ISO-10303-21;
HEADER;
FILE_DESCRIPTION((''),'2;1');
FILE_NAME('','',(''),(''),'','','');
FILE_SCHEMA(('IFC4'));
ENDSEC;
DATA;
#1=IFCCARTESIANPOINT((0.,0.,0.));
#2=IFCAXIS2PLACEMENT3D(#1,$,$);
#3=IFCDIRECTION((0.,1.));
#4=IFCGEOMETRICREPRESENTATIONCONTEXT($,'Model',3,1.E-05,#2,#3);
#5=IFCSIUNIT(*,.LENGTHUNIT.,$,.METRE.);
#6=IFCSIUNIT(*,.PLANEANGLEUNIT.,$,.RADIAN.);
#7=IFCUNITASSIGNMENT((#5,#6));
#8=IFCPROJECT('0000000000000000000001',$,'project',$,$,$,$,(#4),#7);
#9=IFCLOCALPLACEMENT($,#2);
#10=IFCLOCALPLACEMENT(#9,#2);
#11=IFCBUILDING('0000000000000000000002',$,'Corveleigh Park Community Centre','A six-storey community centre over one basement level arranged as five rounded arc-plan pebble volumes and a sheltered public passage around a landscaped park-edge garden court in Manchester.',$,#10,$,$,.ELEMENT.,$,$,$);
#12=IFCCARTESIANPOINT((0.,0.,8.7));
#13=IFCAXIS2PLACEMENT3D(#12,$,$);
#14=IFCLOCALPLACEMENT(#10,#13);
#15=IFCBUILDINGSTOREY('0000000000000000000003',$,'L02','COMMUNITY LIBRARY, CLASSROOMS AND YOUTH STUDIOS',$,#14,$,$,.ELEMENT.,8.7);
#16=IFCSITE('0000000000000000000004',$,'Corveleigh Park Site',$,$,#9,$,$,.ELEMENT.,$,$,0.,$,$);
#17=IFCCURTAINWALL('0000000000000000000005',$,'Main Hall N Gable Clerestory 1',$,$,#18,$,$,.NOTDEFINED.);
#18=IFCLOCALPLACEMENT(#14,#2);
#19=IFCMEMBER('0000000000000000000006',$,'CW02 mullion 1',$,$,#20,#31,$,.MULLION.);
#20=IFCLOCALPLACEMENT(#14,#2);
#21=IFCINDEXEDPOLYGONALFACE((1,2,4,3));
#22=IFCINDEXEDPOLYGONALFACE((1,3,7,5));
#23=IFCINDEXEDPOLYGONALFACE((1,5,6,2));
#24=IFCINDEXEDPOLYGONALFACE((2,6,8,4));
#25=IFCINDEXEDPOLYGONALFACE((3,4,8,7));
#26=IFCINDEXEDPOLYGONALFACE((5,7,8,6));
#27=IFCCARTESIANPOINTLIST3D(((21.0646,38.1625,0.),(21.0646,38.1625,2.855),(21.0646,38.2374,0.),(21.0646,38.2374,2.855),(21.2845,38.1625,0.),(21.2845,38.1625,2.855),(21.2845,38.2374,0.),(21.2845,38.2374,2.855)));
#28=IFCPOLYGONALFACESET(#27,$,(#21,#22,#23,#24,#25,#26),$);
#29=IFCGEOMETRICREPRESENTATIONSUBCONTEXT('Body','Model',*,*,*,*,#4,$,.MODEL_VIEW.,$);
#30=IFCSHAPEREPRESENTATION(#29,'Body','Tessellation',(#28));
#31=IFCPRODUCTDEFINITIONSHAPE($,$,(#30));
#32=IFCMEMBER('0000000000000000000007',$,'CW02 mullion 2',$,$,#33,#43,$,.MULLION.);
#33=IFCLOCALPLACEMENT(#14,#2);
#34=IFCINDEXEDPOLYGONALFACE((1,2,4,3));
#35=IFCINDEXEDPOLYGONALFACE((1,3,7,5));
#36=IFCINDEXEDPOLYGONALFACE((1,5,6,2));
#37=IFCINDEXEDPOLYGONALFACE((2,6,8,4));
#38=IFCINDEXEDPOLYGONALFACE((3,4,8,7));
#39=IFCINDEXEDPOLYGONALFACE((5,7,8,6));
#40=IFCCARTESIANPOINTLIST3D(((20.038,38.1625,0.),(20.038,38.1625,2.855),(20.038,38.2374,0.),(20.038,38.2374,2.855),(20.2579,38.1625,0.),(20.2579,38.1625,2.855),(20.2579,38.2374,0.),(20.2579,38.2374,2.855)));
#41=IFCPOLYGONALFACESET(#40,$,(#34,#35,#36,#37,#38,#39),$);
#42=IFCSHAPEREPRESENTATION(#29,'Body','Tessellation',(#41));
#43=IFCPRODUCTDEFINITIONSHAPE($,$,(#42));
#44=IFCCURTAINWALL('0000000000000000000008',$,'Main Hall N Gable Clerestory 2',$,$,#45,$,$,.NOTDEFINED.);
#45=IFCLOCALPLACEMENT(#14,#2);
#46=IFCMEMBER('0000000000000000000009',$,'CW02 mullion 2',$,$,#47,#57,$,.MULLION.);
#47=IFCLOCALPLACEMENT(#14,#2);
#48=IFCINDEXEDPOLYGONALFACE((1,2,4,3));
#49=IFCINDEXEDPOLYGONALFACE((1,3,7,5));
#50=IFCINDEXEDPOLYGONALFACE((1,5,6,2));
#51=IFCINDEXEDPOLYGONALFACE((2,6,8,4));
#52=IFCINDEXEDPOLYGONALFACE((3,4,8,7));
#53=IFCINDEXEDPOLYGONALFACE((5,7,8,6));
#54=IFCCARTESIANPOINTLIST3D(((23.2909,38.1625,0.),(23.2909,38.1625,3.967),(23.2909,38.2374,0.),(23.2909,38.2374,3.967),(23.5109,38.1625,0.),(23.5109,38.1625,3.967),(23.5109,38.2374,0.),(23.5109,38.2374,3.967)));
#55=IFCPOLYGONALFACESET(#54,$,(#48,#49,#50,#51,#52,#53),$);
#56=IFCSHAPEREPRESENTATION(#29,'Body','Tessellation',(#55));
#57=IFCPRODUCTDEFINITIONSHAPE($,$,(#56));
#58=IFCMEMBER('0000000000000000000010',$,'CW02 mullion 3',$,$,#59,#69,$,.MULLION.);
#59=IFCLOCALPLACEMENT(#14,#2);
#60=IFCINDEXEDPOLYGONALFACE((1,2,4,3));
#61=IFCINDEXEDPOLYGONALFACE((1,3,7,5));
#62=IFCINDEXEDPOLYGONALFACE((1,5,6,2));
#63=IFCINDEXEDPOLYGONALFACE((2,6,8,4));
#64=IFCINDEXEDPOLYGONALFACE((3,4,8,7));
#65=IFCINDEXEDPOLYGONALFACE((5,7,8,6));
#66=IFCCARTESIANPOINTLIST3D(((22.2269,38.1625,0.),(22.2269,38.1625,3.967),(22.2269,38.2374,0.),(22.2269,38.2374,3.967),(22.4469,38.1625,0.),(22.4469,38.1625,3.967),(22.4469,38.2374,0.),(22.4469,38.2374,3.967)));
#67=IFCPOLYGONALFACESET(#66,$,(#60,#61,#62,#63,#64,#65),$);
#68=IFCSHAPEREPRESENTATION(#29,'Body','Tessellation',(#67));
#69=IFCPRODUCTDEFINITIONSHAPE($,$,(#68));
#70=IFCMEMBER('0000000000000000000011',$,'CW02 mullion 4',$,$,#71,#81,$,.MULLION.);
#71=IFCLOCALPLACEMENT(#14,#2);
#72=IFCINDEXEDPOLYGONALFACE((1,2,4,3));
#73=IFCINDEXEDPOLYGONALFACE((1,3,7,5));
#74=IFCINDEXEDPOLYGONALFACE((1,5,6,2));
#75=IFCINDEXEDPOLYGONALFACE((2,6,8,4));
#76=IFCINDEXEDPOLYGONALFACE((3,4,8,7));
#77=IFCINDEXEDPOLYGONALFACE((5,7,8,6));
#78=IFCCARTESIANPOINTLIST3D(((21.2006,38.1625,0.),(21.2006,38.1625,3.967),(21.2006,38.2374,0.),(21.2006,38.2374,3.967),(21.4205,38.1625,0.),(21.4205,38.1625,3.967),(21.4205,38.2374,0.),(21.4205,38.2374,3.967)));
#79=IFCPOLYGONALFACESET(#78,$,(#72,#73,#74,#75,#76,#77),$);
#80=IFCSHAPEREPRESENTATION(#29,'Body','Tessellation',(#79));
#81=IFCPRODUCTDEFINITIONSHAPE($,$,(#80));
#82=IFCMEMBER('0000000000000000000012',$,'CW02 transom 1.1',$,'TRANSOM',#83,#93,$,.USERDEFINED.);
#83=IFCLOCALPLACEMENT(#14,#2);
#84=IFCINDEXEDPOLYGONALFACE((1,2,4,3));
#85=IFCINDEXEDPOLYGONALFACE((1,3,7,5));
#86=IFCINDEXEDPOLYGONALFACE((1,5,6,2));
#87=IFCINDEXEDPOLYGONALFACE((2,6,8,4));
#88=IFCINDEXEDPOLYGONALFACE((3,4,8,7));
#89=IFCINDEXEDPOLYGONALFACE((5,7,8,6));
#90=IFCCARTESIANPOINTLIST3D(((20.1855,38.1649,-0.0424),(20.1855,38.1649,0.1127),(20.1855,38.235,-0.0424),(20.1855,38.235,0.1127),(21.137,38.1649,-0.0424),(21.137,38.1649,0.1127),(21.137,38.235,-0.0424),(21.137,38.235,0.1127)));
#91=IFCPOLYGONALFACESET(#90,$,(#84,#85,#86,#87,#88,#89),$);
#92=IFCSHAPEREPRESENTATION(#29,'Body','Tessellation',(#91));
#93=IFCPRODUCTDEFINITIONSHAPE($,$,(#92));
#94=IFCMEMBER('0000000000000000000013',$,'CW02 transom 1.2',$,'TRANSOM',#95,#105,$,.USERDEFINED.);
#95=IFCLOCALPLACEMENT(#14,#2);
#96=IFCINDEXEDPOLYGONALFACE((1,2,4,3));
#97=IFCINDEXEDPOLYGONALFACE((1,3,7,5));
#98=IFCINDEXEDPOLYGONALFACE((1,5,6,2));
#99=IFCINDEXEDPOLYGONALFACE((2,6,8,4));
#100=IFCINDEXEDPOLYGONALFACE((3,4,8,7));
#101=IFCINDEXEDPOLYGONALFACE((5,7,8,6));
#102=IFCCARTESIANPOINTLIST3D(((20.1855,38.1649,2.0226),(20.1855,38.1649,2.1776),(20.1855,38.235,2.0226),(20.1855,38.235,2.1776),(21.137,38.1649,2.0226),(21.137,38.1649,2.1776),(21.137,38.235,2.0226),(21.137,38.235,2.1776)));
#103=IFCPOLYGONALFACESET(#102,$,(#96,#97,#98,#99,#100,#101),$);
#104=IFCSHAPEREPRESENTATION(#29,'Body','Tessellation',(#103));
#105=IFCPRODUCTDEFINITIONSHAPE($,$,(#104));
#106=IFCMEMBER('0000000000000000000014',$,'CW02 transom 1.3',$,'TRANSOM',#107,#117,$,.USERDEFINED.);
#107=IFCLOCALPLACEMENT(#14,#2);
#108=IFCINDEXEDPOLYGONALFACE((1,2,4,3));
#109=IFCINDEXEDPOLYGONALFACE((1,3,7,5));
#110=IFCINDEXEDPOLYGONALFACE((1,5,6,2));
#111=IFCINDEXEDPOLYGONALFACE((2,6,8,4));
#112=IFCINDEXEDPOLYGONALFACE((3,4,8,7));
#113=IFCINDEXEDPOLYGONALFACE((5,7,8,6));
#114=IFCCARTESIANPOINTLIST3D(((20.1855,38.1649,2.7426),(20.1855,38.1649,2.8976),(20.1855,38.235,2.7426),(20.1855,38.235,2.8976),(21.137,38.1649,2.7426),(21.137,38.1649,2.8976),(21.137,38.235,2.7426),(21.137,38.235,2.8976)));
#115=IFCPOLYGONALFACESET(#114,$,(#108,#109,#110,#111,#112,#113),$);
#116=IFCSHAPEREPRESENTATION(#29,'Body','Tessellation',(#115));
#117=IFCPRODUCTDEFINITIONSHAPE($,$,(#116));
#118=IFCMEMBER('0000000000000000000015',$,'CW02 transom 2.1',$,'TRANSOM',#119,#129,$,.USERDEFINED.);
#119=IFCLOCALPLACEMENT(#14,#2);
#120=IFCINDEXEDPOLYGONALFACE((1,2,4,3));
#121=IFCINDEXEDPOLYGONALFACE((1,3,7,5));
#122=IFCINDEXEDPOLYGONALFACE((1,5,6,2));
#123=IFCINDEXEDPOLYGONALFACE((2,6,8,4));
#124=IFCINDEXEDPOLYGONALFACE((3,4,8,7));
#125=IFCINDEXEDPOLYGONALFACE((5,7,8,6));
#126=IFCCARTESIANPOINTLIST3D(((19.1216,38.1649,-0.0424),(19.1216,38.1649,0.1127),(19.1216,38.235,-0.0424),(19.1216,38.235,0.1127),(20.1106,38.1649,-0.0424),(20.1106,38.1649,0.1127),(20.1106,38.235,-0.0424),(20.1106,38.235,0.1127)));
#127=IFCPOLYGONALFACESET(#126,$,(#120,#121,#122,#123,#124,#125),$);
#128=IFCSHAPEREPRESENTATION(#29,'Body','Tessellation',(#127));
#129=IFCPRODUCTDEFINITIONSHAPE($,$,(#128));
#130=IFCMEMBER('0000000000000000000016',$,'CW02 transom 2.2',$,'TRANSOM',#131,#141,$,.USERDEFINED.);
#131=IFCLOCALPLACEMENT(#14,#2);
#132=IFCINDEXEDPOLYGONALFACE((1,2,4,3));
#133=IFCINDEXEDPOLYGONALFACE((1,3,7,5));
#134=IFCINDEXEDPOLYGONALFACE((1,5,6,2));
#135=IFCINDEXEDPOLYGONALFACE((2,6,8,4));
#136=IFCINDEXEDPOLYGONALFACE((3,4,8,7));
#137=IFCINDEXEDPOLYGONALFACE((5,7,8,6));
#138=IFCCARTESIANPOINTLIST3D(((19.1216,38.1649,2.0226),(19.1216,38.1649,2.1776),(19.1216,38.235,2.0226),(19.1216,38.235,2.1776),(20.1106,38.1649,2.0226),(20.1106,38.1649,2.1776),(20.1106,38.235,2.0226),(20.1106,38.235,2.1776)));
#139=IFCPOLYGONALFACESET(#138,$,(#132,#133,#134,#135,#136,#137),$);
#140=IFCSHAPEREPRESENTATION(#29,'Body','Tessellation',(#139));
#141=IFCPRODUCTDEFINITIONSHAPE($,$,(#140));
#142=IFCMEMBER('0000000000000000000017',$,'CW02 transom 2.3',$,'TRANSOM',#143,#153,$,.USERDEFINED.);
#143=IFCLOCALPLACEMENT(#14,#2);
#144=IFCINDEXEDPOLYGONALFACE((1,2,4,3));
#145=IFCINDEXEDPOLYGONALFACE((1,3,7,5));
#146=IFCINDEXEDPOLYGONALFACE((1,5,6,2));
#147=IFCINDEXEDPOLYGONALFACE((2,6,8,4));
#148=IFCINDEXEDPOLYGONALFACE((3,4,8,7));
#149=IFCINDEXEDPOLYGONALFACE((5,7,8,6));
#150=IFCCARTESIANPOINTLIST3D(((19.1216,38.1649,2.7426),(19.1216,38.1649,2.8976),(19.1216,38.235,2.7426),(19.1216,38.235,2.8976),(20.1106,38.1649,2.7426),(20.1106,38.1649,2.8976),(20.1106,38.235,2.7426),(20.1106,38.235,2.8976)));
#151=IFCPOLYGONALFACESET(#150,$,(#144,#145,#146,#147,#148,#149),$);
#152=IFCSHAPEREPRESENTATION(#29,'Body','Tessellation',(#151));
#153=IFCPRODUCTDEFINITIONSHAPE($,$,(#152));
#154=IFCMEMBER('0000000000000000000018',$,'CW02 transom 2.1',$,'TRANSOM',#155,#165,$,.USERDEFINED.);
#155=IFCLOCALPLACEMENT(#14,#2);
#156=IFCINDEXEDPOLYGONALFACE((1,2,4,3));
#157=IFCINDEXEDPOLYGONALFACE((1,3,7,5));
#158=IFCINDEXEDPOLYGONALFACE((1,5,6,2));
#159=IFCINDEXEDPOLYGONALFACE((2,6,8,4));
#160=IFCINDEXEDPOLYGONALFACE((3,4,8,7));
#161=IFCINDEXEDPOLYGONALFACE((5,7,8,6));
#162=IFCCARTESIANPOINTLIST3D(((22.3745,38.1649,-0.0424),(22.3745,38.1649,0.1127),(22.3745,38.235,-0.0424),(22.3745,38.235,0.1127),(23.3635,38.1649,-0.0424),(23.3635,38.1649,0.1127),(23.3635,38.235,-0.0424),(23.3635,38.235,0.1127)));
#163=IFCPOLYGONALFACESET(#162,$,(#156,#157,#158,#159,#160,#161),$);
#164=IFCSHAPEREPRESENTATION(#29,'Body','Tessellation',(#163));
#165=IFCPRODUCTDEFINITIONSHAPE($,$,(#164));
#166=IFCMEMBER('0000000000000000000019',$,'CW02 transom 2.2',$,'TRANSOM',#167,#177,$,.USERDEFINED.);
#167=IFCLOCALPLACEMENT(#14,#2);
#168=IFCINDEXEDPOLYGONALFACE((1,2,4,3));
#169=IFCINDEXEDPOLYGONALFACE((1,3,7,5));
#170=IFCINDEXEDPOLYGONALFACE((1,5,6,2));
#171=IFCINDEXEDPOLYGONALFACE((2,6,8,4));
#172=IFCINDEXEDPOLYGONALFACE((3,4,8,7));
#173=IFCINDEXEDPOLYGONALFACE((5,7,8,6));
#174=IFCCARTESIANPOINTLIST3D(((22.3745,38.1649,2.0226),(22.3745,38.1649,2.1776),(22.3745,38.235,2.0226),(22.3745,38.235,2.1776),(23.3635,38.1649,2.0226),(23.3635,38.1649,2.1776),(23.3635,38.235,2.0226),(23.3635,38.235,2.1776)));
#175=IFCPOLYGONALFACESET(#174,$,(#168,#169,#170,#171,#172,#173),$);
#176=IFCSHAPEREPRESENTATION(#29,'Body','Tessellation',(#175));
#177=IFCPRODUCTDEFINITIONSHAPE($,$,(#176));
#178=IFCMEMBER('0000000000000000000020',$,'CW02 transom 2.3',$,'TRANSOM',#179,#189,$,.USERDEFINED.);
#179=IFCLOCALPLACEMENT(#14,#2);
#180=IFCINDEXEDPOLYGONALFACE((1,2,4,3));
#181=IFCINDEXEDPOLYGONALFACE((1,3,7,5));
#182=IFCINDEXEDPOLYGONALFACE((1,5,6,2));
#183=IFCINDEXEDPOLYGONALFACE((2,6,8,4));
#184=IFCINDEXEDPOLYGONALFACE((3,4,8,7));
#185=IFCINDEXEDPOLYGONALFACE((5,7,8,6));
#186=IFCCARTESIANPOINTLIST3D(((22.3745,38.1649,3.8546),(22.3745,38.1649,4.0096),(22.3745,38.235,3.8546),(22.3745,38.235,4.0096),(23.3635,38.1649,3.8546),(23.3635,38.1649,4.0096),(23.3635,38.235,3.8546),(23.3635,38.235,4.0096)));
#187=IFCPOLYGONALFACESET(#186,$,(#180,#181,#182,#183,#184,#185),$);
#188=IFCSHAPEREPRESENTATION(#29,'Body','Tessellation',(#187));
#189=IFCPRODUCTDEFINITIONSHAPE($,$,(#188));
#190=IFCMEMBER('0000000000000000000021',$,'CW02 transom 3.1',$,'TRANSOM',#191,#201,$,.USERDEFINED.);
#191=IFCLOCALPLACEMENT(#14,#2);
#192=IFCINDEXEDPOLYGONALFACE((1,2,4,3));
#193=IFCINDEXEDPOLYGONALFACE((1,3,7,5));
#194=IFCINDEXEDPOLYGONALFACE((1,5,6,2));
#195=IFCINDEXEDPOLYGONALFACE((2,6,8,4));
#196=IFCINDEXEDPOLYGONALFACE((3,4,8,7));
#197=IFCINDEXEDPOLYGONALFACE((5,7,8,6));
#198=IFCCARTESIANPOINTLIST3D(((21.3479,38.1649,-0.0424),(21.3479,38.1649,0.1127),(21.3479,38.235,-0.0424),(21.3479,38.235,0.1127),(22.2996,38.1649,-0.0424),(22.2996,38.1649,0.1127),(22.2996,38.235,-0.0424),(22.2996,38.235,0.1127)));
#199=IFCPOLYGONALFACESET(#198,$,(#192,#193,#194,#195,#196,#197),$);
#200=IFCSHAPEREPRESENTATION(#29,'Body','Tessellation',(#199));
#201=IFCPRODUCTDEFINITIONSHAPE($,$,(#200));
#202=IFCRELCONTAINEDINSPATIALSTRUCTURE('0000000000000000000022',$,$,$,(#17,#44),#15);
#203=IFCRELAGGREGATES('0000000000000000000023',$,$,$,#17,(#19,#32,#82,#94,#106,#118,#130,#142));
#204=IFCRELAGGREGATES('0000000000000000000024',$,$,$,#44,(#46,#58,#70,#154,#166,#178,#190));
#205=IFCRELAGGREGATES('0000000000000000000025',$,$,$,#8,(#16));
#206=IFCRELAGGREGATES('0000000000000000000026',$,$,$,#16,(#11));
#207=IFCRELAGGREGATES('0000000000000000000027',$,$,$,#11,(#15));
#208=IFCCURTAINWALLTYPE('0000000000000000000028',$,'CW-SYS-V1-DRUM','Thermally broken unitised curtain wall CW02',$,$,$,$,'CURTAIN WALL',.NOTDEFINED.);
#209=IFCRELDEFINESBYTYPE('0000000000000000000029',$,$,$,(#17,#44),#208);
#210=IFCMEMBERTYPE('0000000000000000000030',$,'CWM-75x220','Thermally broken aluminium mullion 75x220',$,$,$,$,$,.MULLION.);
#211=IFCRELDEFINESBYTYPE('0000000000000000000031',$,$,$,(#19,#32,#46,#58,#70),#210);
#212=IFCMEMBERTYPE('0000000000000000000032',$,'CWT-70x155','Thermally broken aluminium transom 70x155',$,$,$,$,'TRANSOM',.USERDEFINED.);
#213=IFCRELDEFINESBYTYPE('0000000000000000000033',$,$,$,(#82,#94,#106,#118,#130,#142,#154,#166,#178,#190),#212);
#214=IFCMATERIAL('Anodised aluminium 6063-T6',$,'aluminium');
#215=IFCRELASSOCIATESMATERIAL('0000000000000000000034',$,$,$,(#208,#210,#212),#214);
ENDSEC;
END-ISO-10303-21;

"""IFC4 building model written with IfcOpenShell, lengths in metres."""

from ifc_helpers import new_model, si_unit, direction, frame, origin, origin_2d, place, context, subcontext, project, spatial, rectangle, extrude, material, material_profile, profile_set, type_object, element, aggregate, save


model = new_model("IFC4")

# Units and contexts
model_context = context("Model", 3, precision=1e-05, world=origin(), true_north=direction((0.0, 1.0)))
body_context = subcontext(model_context, "Body", "Model", "MODEL_VIEW")
ifc_project = project(units=[si_unit("LENGTHUNIT", "METRE"), si_unit("PLANEANGLEUNIT", "RADIAN")], contexts=[model_context])

# Site, building, storey
site_placement = place(None, origin())
site = spatial("IfcSite", under=ifc_project, at=site_placement, Name="Corveleigh Park Site", CompositionType="ELEMENT", RefElevation=0.0)
building_placement = place(site_placement, origin())
building = spatial("IfcBuilding", under=site, at=building_placement, Name="Corveleigh Park Community Centre", Description="A six-storey community centre over one basement level arranged as five rounded arc-plan pebble volumes and a sheltered public passage around a landscaped park-edge garden court in Manchester.", CompositionType="ELEMENT")
storey_placement = place(building_placement, frame((0.0, 0.0, 8.7)))
storey = spatial("IfcBuildingStorey", under=building, at=storey_placement, Name="L02", Description="COMMUNITY LIBRARY, CLASSROOMS AND YOUTH STUDIOS", CompositionType="ELEMENT", Elevation=8.7)

# Curtain walls, members
ifc_material_1 = material(Name="Anodised aluminium 6063-T6", Category="aluminium")
curtain_wall_type = type_object("IfcCurtainWallType", Name="CW-SYS-V1-DRUM", Description="Thermally broken unitised curtain wall CW02", ElementType="CURTAIN WALL", PredefinedType="NOTDEFINED", material=ifc_material_1)
curtain_wall_1_placement = place(storey_placement, origin())
curtain_wall_1 = element("IfcCurtainWall", 1, at=curtain_wall_1_placement, inside=storey, type_object=curtain_wall_type, Name="Main Hall N Gable Clerestory 1", PredefinedType="NOTDEFINED")
ifc_material_profile_1 = material_profile(ifc_material_1, rectangle(XDim=0.075, YDim=0.22, at=origin_2d()), Name="ALU-M75x220", Category="aluminium")
ifc_profile_set_1 = profile_set([ifc_material_profile_1], Name="Anodised aluminium 6063-T6")
member_type_1 = type_object("IfcMemberType", Name="CWM-75x220", Description="Thermally broken aluminium mullion 75x220", PredefinedType="MULLION", material=ifc_profile_set_1)
member_1_placement = place(storey_placement, frame((21.1746, 38.2, 0.0), z_axis=(0.0, 0.0, 1.0), x_axis=(0.0, -1.0, 0.0)))
member_1 = element("IfcMember", 2, at=member_1_placement, type_object=member_type_1, Name="CW02 mullion 1", PredefinedType="MULLION", context=body_context, shape_type="SweptSolid", body=[
    extrude(rectangle(XDim=0.075, YDim=0.22, at=origin_2d()), origin(), (0.0, 0.0, 1.0), 2.855),
])
member_2_placement = place(storey_placement, frame((20.1479, 38.2, 0.0), z_axis=(0.0, 0.0, 1.0), x_axis=(0.0, -1.0, 0.0)))
member_2 = element("IfcMember", 3, at=member_2_placement, type_object=member_type_1, Name="CW02 mullion 2", PredefinedType="MULLION", context=body_context, shape_type="SweptSolid", body=[
    extrude(rectangle(XDim=0.075, YDim=0.22, at=origin_2d()), origin(), (0.0, 0.0, 1.0), 2.855),
])
curtain_wall_2_placement = place(storey_placement, origin())
curtain_wall_2 = element("IfcCurtainWall", 4, at=curtain_wall_2_placement, inside=storey, type_object=curtain_wall_type, Name="Main Hall N Gable Clerestory 2", PredefinedType="NOTDEFINED")
member_3_placement = place(storey_placement, frame((23.4009, 38.2, 0.0), z_axis=(0.0, 0.0, 1.0), x_axis=(0.0, -1.0, 0.0)))
member_3 = element("IfcMember", 5, at=member_3_placement, type_object=member_type_1, Name="CW02 mullion 2", PredefinedType="MULLION", context=body_context, shape_type="SweptSolid", body=[
    extrude(rectangle(XDim=0.075, YDim=0.22, at=origin_2d()), origin(), (0.0, 0.0, 1.0), 3.967),
])
member_4_placement = place(storey_placement, frame((22.3369, 38.2, 0.0), z_axis=(0.0, 0.0, 1.0), x_axis=(0.0, -1.0, 0.0)))
member_4 = element("IfcMember", 6, at=member_4_placement, type_object=member_type_1, Name="CW02 mullion 3", PredefinedType="MULLION", context=body_context, shape_type="SweptSolid", body=[
    extrude(rectangle(XDim=0.075, YDim=0.22, at=origin_2d()), origin(), (0.0, 0.0, 1.0), 3.967),
])
member_5_placement = place(storey_placement, frame((21.3105, 38.2, 0.0), z_axis=(0.0, 0.0, 1.0), x_axis=(0.0, -1.0, 0.0)))
member_5 = element("IfcMember", 7, at=member_5_placement, type_object=member_type_1, Name="CW02 mullion 4", PredefinedType="MULLION", context=body_context, shape_type="SweptSolid", body=[
    extrude(rectangle(XDim=0.075, YDim=0.22, at=origin_2d()), origin(), (0.0, 0.0, 1.0), 3.967),
])

# Members
ifc_material_profile_2 = material_profile(ifc_material_1, rectangle(XDim=0.0701, YDim=0.155, at=origin_2d()), Name="ALU-T70x155", Category="aluminium")
ifc_profile_set_2 = profile_set([ifc_material_profile_2], Name="Anodised aluminium 6063-T6")
member_type_2 = type_object("IfcMemberType", Name="CWT-70x155", Description="Thermally broken aluminium transom 70x155", ElementType="TRANSOM", PredefinedType="USERDEFINED", material=ifc_profile_set_2)
member_6_placement = place(storey_placement, frame((21.137, 38.2, 0.0352), z_axis=(-1.0, 0.0, 0.0), x_axis=(0.0, -1.0, 0.0)))
member_6 = element("IfcMember", 8, at=member_6_placement, type_object=member_type_2, Name="CW02 transom 1.1", ObjectType="TRANSOM", PredefinedType="USERDEFINED", context=body_context, shape_type="SweptSolid", body=[
    extrude(rectangle(XDim=0.0701, YDim=0.155, at=origin_2d()), origin(), (0.0, 0.0, 1.0), 0.9514),
])
member_7_placement = place(storey_placement, frame((21.137, 38.2, 2.1001), z_axis=(-1.0, 0.0, 0.0), x_axis=(0.0, -1.0, 0.0)))
member_7 = element("IfcMember", 9, at=member_7_placement, type_object=member_type_2, Name="CW02 transom 1.2", ObjectType="TRANSOM", PredefinedType="USERDEFINED", context=body_context, shape_type="SweptSolid", body=[
    extrude(rectangle(XDim=0.0701, YDim=0.155, at=origin_2d()), origin(), (0.0, 0.0, 1.0), 0.9514),
])
member_8_placement = place(storey_placement, frame((21.137, 38.2, 2.8201), z_axis=(-1.0, 0.0, 0.0), x_axis=(0.0, -1.0, 0.0)))
member_8 = element("IfcMember", 10, at=member_8_placement, type_object=member_type_2, Name="CW02 transom 1.3", ObjectType="TRANSOM", PredefinedType="USERDEFINED", context=body_context, shape_type="SweptSolid", body=[
    extrude(rectangle(XDim=0.0701, YDim=0.155, at=origin_2d()), origin(), (0.0, 0.0, 1.0), 0.9514),
])
member_9_placement = place(storey_placement, frame((20.1106, 38.2, 0.0352), z_axis=(-1.0, 0.0, 0.0), x_axis=(0.0, -1.0, 0.0)))
member_9 = element("IfcMember", 11, at=member_9_placement, type_object=member_type_2, Name="CW02 transom 2.1", ObjectType="TRANSOM", PredefinedType="USERDEFINED", context=body_context, shape_type="SweptSolid", body=[
    extrude(rectangle(XDim=0.0701, YDim=0.155, at=origin_2d()), origin(), (0.0, 0.0, 1.0), 0.989),
])
member_10_placement = place(storey_placement, frame((20.1106, 38.2, 2.1001), z_axis=(-1.0, 0.0, 0.0), x_axis=(0.0, -1.0, 0.0)))
member_10 = element("IfcMember", 12, at=member_10_placement, type_object=member_type_2, Name="CW02 transom 2.2", ObjectType="TRANSOM", PredefinedType="USERDEFINED", context=body_context, shape_type="SweptSolid", body=[
    extrude(rectangle(XDim=0.0701, YDim=0.155, at=origin_2d()), origin(), (0.0, 0.0, 1.0), 0.989),
])
member_11_placement = place(storey_placement, frame((20.1106, 38.2, 2.8201), z_axis=(-1.0, 0.0, 0.0), x_axis=(0.0, -1.0, 0.0)))
member_11 = element("IfcMember", 13, at=member_11_placement, type_object=member_type_2, Name="CW02 transom 2.3", ObjectType="TRANSOM", PredefinedType="USERDEFINED", context=body_context, shape_type="SweptSolid", body=[
    extrude(rectangle(XDim=0.0701, YDim=0.155, at=origin_2d()), origin(), (0.0, 0.0, 1.0), 0.989),
])
member_12_placement = place(storey_placement, frame((23.3635, 38.2, 0.0352), z_axis=(-1.0, 0.0, 0.0), x_axis=(0.0, -1.0, 0.0)))
member_12 = element("IfcMember", 14, at=member_12_placement, type_object=member_type_2, Name="CW02 transom 2.1", ObjectType="TRANSOM", PredefinedType="USERDEFINED", context=body_context, shape_type="SweptSolid", body=[
    extrude(rectangle(XDim=0.0701, YDim=0.155, at=origin_2d()), origin(), (0.0, 0.0, 1.0), 0.989),
])
member_13_placement = place(storey_placement, frame((23.3635, 38.2, 2.1001), z_axis=(-1.0, 0.0, 0.0), x_axis=(0.0, -1.0, 0.0)))
member_13 = element("IfcMember", 15, at=member_13_placement, type_object=member_type_2, Name="CW02 transom 2.2", ObjectType="TRANSOM", PredefinedType="USERDEFINED", context=body_context, shape_type="SweptSolid", body=[
    extrude(rectangle(XDim=0.0701, YDim=0.155, at=origin_2d()), origin(), (0.0, 0.0, 1.0), 0.989),
])
member_14_placement = place(storey_placement, frame((23.3635, 38.2, 3.9321), z_axis=(-1.0, 0.0, 0.0), x_axis=(0.0, -1.0, 0.0)))
member_14 = element("IfcMember", 16, at=member_14_placement, type_object=member_type_2, Name="CW02 transom 2.3", ObjectType="TRANSOM", PredefinedType="USERDEFINED", context=body_context, shape_type="SweptSolid", body=[
    extrude(rectangle(XDim=0.0701, YDim=0.155, at=origin_2d()), origin(), (0.0, 0.0, 1.0), 0.989),
])
member_15_placement = place(storey_placement, frame((22.2996, 38.2, 0.0352), z_axis=(-1.0, 0.0, 0.0), x_axis=(0.0, -1.0, 0.0)))
member_15 = element("IfcMember", 17, at=member_15_placement, type_object=member_type_2, Name="CW02 transom 3.1", ObjectType="TRANSOM", PredefinedType="USERDEFINED", context=body_context, shape_type="SweptSolid", body=[
    extrude(rectangle(XDim=0.0701, YDim=0.155, at=origin_2d()), origin(), (0.0, 0.0, 1.0), 0.9517),
])

aggregate(curtain_wall_1, [member_1, member_2, member_6, member_7, member_8, member_9, member_10, member_11])
aggregate(curtain_wall_2, [member_3, member_4, member_5, member_12, member_13, member_14, member_15])

save(model, "model.ifc")
